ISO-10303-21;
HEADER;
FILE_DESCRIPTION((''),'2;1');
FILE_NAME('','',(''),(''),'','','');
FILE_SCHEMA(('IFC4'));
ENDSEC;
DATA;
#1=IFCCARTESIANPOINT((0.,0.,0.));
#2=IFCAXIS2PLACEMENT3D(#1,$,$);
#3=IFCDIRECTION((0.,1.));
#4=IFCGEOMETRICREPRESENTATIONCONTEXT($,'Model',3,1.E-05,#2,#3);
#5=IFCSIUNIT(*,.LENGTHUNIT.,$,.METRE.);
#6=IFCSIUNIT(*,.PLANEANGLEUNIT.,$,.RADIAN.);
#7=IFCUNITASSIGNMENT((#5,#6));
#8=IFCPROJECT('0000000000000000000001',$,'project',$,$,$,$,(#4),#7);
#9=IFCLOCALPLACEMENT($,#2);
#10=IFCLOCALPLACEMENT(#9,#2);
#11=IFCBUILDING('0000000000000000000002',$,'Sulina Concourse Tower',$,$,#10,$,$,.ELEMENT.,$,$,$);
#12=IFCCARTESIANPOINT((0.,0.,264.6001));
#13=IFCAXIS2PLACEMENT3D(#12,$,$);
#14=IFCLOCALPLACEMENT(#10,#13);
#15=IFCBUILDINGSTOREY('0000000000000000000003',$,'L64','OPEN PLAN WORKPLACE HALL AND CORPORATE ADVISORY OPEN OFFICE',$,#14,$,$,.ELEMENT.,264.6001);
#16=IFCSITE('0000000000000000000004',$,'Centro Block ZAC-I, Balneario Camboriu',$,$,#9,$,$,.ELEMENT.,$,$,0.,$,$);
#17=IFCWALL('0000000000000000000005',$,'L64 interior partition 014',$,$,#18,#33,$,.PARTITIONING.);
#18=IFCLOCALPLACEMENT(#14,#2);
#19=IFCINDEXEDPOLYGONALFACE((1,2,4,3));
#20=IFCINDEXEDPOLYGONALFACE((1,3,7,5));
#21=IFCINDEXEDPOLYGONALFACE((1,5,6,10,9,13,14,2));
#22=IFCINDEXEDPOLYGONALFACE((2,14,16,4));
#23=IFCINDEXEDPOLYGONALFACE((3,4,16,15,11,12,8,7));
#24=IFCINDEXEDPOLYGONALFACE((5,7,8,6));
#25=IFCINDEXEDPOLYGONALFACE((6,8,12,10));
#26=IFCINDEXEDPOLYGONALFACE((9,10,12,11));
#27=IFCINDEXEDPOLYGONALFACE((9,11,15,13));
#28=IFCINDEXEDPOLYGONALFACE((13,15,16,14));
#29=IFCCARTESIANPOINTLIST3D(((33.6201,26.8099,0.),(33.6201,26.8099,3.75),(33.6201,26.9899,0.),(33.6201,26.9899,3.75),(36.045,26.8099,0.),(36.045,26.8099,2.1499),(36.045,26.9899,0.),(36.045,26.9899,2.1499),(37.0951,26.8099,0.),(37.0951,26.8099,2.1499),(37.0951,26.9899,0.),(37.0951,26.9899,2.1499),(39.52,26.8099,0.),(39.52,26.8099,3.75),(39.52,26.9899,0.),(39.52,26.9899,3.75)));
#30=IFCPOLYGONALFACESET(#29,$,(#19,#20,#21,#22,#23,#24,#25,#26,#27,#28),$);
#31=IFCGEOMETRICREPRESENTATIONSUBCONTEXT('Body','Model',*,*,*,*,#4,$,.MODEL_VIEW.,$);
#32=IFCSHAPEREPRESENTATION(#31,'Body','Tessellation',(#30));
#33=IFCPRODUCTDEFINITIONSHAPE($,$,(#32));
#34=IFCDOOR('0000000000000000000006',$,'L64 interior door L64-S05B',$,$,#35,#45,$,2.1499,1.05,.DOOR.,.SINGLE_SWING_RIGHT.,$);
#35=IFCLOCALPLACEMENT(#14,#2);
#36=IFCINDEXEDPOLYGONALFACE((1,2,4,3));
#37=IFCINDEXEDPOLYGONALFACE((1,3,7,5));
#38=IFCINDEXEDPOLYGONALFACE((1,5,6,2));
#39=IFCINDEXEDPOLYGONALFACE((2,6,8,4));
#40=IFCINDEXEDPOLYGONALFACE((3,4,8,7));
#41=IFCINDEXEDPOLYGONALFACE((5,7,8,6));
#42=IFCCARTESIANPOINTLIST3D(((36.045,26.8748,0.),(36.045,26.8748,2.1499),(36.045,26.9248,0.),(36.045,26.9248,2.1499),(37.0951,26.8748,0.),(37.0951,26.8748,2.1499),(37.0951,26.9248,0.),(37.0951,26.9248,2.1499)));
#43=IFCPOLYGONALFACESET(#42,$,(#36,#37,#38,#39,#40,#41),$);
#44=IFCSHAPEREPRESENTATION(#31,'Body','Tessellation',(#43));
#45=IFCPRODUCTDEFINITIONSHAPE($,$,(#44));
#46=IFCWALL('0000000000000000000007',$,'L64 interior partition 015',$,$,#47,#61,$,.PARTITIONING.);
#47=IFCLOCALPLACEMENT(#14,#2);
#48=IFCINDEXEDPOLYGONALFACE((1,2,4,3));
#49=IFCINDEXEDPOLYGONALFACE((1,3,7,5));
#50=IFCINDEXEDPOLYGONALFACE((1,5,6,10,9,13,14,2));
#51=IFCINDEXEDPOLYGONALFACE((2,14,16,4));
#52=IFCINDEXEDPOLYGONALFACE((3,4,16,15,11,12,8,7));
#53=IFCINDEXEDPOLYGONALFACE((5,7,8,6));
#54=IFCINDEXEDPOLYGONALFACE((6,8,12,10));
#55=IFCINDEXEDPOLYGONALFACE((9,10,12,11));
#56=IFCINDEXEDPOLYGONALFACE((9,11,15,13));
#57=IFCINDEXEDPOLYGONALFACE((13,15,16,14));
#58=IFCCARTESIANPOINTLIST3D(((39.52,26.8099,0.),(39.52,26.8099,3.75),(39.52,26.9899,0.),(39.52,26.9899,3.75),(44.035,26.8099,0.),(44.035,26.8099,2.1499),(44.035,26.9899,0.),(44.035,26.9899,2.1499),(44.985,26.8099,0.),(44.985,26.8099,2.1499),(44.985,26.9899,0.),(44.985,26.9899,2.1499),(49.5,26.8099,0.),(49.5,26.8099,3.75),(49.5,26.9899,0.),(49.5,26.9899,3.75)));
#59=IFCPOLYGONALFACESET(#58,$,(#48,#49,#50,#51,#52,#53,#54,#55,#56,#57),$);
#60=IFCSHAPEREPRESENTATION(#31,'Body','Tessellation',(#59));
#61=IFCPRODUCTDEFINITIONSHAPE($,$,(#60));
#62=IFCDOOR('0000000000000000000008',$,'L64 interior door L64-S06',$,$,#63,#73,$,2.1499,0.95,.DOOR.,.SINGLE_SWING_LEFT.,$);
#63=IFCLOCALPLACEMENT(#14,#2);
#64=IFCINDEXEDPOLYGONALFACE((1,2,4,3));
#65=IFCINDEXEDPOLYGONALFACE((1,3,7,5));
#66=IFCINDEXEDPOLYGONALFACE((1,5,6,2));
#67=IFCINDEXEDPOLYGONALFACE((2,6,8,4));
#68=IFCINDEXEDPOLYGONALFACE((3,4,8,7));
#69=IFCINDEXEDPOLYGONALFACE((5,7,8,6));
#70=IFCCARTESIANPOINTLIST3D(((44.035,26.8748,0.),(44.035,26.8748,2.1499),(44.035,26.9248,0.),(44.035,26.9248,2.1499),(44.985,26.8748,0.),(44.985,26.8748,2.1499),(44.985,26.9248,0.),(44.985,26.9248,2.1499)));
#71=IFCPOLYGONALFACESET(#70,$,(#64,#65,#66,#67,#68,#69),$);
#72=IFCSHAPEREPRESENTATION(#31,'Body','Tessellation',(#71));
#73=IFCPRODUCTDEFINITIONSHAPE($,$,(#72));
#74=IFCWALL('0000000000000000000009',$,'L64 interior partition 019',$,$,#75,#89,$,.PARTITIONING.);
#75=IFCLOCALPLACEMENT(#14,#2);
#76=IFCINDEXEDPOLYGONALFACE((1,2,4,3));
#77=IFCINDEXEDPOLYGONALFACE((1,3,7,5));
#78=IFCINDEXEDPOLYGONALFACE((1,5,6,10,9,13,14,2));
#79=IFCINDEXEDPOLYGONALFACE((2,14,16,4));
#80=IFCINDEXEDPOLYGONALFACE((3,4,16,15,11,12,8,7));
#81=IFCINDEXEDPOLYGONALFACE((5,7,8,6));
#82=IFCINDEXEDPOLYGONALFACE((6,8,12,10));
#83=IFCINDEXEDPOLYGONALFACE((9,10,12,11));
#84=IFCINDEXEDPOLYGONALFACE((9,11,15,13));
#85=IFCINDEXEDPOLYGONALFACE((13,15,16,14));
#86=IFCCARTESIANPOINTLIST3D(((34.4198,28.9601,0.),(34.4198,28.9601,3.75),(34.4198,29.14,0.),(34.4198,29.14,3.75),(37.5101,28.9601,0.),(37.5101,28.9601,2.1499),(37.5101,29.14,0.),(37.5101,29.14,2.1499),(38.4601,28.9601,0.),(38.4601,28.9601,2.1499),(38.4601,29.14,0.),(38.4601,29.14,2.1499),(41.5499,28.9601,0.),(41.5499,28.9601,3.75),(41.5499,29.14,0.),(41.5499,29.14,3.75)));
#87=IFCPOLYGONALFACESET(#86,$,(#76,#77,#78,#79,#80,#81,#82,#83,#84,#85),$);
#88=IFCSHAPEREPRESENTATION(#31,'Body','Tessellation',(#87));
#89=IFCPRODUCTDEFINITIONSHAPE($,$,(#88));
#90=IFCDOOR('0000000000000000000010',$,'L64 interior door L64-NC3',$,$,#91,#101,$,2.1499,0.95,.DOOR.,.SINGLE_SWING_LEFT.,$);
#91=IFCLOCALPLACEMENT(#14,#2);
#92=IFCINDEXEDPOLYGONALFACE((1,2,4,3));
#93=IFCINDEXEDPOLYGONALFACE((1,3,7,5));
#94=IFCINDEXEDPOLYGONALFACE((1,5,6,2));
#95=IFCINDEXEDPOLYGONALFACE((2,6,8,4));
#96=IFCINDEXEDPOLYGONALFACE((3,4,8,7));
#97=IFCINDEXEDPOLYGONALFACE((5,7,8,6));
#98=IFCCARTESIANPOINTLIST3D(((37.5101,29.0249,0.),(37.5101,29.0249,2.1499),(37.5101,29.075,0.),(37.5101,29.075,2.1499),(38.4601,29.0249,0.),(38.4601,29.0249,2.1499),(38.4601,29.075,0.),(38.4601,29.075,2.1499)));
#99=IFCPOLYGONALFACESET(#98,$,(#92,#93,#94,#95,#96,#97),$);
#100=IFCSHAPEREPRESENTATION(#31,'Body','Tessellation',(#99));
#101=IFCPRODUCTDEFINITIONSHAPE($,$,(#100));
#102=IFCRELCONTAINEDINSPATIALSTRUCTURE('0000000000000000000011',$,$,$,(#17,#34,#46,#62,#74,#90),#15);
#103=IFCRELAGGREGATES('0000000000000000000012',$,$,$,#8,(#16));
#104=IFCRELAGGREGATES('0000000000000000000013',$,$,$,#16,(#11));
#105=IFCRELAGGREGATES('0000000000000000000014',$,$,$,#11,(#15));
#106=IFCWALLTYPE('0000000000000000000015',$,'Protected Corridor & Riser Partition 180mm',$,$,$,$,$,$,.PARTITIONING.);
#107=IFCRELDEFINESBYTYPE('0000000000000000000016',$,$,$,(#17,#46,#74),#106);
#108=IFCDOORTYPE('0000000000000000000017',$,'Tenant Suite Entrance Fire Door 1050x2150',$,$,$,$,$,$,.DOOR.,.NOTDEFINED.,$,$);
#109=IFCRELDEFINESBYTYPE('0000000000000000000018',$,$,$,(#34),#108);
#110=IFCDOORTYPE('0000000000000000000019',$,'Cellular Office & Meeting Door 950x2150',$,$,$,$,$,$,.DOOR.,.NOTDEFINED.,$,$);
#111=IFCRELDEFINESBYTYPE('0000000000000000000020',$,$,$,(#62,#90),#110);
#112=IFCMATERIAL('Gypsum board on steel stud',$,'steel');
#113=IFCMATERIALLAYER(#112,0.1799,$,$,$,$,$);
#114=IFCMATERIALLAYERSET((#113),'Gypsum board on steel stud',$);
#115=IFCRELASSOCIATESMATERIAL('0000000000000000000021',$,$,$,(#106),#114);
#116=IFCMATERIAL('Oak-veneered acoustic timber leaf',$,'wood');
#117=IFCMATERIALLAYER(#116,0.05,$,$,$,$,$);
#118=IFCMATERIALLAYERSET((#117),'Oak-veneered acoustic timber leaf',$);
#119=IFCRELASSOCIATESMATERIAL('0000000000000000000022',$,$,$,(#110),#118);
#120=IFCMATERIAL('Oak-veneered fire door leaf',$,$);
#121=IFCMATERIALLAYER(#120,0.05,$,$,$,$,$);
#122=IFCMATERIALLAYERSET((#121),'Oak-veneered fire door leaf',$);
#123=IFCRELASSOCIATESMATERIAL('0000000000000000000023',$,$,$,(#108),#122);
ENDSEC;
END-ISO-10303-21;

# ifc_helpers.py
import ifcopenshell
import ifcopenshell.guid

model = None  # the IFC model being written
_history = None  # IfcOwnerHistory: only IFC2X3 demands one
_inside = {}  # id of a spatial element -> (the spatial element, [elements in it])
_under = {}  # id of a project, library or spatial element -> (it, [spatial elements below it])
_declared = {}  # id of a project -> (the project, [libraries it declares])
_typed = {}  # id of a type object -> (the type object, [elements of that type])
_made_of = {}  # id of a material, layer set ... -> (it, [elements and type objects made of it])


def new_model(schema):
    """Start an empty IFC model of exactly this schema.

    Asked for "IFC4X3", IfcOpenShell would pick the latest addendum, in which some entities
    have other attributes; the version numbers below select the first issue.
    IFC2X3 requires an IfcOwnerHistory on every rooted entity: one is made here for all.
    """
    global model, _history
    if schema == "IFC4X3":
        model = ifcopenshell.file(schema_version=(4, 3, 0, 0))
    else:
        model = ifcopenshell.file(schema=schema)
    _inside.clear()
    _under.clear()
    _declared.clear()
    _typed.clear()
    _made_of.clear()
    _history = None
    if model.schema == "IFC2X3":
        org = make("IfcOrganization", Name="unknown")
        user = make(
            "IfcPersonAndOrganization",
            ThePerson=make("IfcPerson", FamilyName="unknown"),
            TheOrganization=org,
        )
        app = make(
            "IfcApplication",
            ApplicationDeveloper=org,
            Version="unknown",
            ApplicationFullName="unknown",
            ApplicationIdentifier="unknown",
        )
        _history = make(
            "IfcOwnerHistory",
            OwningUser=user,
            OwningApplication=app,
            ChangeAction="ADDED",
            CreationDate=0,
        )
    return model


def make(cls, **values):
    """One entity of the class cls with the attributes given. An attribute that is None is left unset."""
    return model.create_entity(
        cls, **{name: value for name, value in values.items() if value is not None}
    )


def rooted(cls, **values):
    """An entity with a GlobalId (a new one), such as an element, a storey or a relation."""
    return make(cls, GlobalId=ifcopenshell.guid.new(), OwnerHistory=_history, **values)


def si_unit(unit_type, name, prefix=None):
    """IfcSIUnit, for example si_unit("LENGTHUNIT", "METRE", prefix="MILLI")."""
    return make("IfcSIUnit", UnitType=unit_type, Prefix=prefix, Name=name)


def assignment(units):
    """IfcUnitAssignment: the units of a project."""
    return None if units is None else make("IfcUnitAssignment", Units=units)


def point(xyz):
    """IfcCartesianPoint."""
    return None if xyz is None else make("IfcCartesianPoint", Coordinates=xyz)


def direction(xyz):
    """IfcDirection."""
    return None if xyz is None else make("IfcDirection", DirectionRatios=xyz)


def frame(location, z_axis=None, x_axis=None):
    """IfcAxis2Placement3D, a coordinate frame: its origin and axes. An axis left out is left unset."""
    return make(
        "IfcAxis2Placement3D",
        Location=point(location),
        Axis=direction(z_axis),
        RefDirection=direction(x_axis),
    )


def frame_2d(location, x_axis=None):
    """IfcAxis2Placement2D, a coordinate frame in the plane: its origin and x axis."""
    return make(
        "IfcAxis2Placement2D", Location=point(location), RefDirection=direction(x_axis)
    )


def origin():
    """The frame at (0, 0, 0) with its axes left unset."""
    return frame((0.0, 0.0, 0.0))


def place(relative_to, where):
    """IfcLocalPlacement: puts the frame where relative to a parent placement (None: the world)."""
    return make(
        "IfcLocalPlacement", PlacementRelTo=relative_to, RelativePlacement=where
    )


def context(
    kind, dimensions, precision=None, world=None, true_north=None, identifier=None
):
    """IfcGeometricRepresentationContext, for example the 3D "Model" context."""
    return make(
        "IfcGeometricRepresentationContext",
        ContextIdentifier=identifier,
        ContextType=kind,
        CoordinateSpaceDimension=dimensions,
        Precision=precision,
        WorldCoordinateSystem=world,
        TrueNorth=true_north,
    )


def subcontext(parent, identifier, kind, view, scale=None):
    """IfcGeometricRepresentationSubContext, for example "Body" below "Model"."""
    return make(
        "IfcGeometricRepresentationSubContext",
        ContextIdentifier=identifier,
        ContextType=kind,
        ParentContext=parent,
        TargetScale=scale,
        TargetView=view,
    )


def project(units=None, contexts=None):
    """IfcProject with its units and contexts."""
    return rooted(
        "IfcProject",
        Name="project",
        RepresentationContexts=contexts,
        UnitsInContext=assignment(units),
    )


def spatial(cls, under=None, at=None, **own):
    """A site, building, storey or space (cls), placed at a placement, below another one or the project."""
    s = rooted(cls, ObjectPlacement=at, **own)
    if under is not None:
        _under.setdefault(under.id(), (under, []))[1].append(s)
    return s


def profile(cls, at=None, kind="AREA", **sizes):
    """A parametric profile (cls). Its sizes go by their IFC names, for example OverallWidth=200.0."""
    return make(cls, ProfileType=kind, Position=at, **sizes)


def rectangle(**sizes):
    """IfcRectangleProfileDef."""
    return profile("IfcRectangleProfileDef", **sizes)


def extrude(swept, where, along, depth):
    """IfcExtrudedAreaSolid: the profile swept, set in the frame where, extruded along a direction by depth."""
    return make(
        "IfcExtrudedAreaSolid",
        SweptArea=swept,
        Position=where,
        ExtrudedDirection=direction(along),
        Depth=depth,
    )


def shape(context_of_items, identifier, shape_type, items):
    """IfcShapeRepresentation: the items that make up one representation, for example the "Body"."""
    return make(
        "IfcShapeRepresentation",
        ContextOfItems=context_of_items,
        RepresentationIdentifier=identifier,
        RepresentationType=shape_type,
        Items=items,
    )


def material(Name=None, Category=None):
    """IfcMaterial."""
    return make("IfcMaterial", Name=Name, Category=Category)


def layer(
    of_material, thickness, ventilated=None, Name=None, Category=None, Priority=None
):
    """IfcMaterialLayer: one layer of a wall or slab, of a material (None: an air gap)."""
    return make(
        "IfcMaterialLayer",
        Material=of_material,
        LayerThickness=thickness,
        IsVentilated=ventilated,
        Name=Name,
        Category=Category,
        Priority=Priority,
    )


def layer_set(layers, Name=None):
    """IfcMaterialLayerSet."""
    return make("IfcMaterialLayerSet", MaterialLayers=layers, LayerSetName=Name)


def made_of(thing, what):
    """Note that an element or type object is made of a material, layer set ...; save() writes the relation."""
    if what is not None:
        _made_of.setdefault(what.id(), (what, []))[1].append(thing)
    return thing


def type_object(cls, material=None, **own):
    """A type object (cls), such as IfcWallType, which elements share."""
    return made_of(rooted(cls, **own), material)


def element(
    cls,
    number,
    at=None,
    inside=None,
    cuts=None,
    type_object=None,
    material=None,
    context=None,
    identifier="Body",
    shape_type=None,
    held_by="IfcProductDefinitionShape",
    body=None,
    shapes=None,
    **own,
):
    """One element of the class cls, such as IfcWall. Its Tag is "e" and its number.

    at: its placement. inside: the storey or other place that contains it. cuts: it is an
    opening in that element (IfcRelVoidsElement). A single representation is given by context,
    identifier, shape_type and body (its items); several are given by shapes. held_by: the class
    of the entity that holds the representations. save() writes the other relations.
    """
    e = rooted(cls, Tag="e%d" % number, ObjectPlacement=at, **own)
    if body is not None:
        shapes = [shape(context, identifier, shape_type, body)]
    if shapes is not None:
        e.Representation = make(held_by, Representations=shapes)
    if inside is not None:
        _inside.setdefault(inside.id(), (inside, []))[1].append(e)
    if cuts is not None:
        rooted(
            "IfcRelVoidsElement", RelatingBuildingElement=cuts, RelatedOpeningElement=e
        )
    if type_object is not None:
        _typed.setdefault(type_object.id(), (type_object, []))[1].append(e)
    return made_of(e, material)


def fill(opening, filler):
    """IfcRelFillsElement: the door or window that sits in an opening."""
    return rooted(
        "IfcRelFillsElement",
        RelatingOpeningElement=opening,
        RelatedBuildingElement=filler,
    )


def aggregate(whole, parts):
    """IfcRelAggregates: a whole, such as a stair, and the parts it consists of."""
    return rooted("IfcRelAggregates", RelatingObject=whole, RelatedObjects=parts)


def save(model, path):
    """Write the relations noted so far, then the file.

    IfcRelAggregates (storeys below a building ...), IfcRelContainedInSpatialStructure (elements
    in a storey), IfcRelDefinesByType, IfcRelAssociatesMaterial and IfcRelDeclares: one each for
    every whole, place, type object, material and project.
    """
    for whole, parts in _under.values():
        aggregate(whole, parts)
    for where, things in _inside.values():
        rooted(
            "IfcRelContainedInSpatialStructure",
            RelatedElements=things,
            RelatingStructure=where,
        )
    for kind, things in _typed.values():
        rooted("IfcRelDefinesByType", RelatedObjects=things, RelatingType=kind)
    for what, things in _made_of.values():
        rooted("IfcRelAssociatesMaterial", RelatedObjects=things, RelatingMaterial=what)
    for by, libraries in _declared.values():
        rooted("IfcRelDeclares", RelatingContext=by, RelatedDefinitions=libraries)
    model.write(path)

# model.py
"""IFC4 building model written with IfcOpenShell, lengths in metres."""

from ifc_helpers import new_model, si_unit, direction, frame, frame_2d, origin, place, context, subcontext, project, spatial, rectangle, extrude, material, layer, layer_set, type_object, element, fill, save


model = new_model("IFC4")

# Units and contexts
model_context = context("Model", 3, precision=1e-05, world=origin(), true_north=direction((0.0, 1.0)))
body_context = subcontext(model_context, "Body", "Model", "MODEL_VIEW")
ifc_project = project(units=[si_unit("LENGTHUNIT", "METRE"), si_unit("PLANEANGLEUNIT", "RADIAN")], contexts=[model_context])

# Site, building, storey
site_placement = place(None, origin())
site = spatial("IfcSite", under=ifc_project, at=site_placement, Name="Centro Block ZAC-I, Balneario Camboriu", CompositionType="ELEMENT", RefElevation=0.0)
building_placement = place(site_placement, origin())
building = spatial("IfcBuilding", under=site, at=building_placement, Name="Sulina Concourse Tower", CompositionType="ELEMENT")
storey_placement = place(building_placement, frame((0.0, 0.0, 264.6001)))
storey = spatial("IfcBuildingStorey", under=building, at=storey_placement, Name="L64", Description="OPEN PLAN WORKPLACE HALL AND CORPORATE ADVISORY OPEN OFFICE", CompositionType="ELEMENT", Elevation=264.6001)

# Walls, openings, doors
ifc_material_1 = material(Name="Gypsum board on steel stud", Category="steel")
ifc_layer_1 = layer(ifc_material_1, 0.1799)
ifc_layer_set_1 = layer_set([ifc_layer_1], Name="Gypsum board on steel stud")
wall_type_1 = type_object("IfcWallType", Name="Protected Corridor & Riser Partition 180mm", PredefinedType="PARTITIONING", material=ifc_layer_set_1)
ifc_material_2 = material(Name="Oak-veneered acoustic timber leaf", Category="wood")
ifc_layer_2 = layer(ifc_material_2, 0.05)
ifc_layer_set_2 = layer_set([ifc_layer_2], Name="Oak-veneered acoustic timber leaf")
door_type_1 = type_object("IfcDoorType", Name="Cellular Office & Meeting Door 950x2150", OperationType="NOTDEFINED", PredefinedType="DOOR", material=ifc_layer_set_2)
wall_1_placement = place(storey_placement, frame((33.6201, 26.8999, 0.0), z_axis=(0.0, 0.0, 1.0), x_axis=(1.0, 0.0, 0.0)))
wall_1 = element("IfcWall", 1, at=wall_1_placement, inside=storey, type_object=wall_type_1, Name="L64 interior partition 014", PredefinedType="PARTITIONING", context=body_context, shape_type="SweptSolid", body=[
    extrude(rectangle(XDim=5.8999, YDim=0.1799, at=frame_2d((2.95, 0.0))), origin(), (0.0, 0.0, 1.0), 3.75),
])
opening_1_placement = place(wall_1_placement, frame((2.425, 0.0, 0.0)))
opening_1 = element("IfcOpeningElement", 2, at=opening_1_placement, cuts=wall_1, PredefinedType="OPENING", context=body_context, shape_type="SweptSolid", body=[
    extrude(rectangle(XDim=1.05, YDim=2.1499, at=frame_2d((0.5249, 1.075))), frame((0.0, 0.0999, 0.0), z_axis=(0.0, -1.0, 0.0), x_axis=(1.0, 0.0, 0.0)), (0.0, 0.0, 1.0), 0.2),
])
ifc_material_3 = material(Name="Oak-veneered fire door leaf")
ifc_layer_3 = layer(ifc_material_3, 0.05)
ifc_layer_set_3 = layer_set([ifc_layer_3], Name="Oak-veneered fire door leaf")
door_type_2 = type_object("IfcDoorType", Name="Tenant Suite Entrance Fire Door 1050x2150", OperationType="NOTDEFINED", PredefinedType="DOOR", material=ifc_layer_set_3)
door_1_placement = place(opening_1_placement, origin())
door_1 = element("IfcDoor", 3, at=door_1_placement, inside=storey, type_object=door_type_2, Name="L64 interior door L64-S05B", OperationType="SINGLE_SWING_RIGHT", OverallHeight=2.1499, OverallWidth=1.05, PredefinedType="DOOR", context=body_context, shape_type="SweptSolid", body=[
    extrude(rectangle(XDim=1.05, YDim=2.1499, at=frame_2d((0.5249, 1.075))), frame((0.0, 0.0249, 0.0), z_axis=(0.0, -1.0, 0.0), x_axis=(1.0, 0.0, 0.0)), (0.0, 0.0, 1.0), 0.05),
])
fill(opening_1, door_1)
wall_2_placement = place(storey_placement, frame((39.52, 26.8999, 0.0), z_axis=(0.0, 0.0, 1.0), x_axis=(1.0, 0.0, 0.0)))
wall_2 = element("IfcWall", 4, at=wall_2_placement, inside=storey, type_object=wall_type_1, Name="L64 interior partition 015", PredefinedType="PARTITIONING", context=body_context, shape_type="SweptSolid", body=[
    extrude(rectangle(XDim=9.98, YDim=0.1799, at=frame_2d((4.99, 0.0))), origin(), (0.0, 0.0, 1.0), 3.75),
])
opening_2_placement = place(wall_2_placement, frame((4.5149, 0.0, 0.0)))
opening_2 = element("IfcOpeningElement", 5, at=opening_2_placement, cuts=wall_2, PredefinedType="OPENING", context=body_context, shape_type="SweptSolid", body=[
    extrude(rectangle(XDim=0.95, YDim=2.1499, at=frame_2d((0.4751, 1.075))), frame((0.0, 0.0999, 0.0), z_axis=(0.0, -1.0, 0.0), x_axis=(1.0, 0.0, 0.0)), (0.0, 0.0, 1.0), 0.2),
])
door_2_placement = place(opening_2_placement, origin())
door_2 = element("IfcDoor", 6, at=door_2_placement, inside=storey, type_object=door_type_1, Name="L64 interior door L64-S06", OperationType="SINGLE_SWING_LEFT", OverallHeight=2.1499, OverallWidth=0.95, PredefinedType="DOOR", context=body_context, shape_type="SweptSolid", body=[
    extrude(rectangle(XDim=0.95, YDim=2.1499, at=frame_2d((0.4751, 1.075))), frame((0.0, 0.0249, 0.0), z_axis=(0.0, -1.0, 0.0), x_axis=(1.0, 0.0, 0.0)), (0.0, 0.0, 1.0), 0.05),
])
fill(opening_2, door_2)
wall_3_placement = place(storey_placement, frame((34.4199, 29.05, 0.0), z_axis=(0.0, 0.0, 1.0), x_axis=(1.0, 0.0, 0.0)))
wall_3 = element("IfcWall", 7, at=wall_3_placement, inside=storey, type_object=wall_type_1, Name="L64 interior partition 019", PredefinedType="PARTITIONING", context=body_context, shape_type="SweptSolid", body=[
    extrude(rectangle(XDim=7.1301, YDim=0.1799, at=frame_2d((3.5649, 0.0))), origin(), (0.0, 0.0, 1.0), 3.75),
])
opening_3_placement = place(wall_3_placement, frame((3.0901, 0.0, 0.0)))
opening_3 = element("IfcOpeningElement", 8, at=opening_3_placement, cuts=wall_3, PredefinedType="OPENING", context=body_context, shape_type="SweptSolid", body=[
    extrude(rectangle(XDim=0.95, YDim=2.1499, at=frame_2d((0.4751, 1.075))), frame((0.0, 0.0999, 0.0), z_axis=(0.0, -1.0, 0.0), x_axis=(1.0, 0.0, 0.0)), (0.0, 0.0, 1.0), 0.2),
])
door_3_placement = place(opening_3_placement, origin())
door_3 = element("IfcDoor", 9, at=door_3_placement, inside=storey, type_object=door_type_1, Name="L64 interior door L64-NC3", OperationType="SINGLE_SWING_LEFT", OverallHeight=2.1499, OverallWidth=0.95, PredefinedType="DOOR", context=body_context, shape_type="SweptSolid", body=[
    extrude(rectangle(XDim=0.95, YDim=2.1499, at=frame_2d((0.4751, 1.075))), frame((0.0, 0.0249, 0.0), z_axis=(0.0, -1.0, 0.0), x_axis=(1.0, 0.0, 0.0)), (0.0, 0.0, 1.0), 0.05),
])
fill(opening_3, door_3)

save(model, "model.ifc")
